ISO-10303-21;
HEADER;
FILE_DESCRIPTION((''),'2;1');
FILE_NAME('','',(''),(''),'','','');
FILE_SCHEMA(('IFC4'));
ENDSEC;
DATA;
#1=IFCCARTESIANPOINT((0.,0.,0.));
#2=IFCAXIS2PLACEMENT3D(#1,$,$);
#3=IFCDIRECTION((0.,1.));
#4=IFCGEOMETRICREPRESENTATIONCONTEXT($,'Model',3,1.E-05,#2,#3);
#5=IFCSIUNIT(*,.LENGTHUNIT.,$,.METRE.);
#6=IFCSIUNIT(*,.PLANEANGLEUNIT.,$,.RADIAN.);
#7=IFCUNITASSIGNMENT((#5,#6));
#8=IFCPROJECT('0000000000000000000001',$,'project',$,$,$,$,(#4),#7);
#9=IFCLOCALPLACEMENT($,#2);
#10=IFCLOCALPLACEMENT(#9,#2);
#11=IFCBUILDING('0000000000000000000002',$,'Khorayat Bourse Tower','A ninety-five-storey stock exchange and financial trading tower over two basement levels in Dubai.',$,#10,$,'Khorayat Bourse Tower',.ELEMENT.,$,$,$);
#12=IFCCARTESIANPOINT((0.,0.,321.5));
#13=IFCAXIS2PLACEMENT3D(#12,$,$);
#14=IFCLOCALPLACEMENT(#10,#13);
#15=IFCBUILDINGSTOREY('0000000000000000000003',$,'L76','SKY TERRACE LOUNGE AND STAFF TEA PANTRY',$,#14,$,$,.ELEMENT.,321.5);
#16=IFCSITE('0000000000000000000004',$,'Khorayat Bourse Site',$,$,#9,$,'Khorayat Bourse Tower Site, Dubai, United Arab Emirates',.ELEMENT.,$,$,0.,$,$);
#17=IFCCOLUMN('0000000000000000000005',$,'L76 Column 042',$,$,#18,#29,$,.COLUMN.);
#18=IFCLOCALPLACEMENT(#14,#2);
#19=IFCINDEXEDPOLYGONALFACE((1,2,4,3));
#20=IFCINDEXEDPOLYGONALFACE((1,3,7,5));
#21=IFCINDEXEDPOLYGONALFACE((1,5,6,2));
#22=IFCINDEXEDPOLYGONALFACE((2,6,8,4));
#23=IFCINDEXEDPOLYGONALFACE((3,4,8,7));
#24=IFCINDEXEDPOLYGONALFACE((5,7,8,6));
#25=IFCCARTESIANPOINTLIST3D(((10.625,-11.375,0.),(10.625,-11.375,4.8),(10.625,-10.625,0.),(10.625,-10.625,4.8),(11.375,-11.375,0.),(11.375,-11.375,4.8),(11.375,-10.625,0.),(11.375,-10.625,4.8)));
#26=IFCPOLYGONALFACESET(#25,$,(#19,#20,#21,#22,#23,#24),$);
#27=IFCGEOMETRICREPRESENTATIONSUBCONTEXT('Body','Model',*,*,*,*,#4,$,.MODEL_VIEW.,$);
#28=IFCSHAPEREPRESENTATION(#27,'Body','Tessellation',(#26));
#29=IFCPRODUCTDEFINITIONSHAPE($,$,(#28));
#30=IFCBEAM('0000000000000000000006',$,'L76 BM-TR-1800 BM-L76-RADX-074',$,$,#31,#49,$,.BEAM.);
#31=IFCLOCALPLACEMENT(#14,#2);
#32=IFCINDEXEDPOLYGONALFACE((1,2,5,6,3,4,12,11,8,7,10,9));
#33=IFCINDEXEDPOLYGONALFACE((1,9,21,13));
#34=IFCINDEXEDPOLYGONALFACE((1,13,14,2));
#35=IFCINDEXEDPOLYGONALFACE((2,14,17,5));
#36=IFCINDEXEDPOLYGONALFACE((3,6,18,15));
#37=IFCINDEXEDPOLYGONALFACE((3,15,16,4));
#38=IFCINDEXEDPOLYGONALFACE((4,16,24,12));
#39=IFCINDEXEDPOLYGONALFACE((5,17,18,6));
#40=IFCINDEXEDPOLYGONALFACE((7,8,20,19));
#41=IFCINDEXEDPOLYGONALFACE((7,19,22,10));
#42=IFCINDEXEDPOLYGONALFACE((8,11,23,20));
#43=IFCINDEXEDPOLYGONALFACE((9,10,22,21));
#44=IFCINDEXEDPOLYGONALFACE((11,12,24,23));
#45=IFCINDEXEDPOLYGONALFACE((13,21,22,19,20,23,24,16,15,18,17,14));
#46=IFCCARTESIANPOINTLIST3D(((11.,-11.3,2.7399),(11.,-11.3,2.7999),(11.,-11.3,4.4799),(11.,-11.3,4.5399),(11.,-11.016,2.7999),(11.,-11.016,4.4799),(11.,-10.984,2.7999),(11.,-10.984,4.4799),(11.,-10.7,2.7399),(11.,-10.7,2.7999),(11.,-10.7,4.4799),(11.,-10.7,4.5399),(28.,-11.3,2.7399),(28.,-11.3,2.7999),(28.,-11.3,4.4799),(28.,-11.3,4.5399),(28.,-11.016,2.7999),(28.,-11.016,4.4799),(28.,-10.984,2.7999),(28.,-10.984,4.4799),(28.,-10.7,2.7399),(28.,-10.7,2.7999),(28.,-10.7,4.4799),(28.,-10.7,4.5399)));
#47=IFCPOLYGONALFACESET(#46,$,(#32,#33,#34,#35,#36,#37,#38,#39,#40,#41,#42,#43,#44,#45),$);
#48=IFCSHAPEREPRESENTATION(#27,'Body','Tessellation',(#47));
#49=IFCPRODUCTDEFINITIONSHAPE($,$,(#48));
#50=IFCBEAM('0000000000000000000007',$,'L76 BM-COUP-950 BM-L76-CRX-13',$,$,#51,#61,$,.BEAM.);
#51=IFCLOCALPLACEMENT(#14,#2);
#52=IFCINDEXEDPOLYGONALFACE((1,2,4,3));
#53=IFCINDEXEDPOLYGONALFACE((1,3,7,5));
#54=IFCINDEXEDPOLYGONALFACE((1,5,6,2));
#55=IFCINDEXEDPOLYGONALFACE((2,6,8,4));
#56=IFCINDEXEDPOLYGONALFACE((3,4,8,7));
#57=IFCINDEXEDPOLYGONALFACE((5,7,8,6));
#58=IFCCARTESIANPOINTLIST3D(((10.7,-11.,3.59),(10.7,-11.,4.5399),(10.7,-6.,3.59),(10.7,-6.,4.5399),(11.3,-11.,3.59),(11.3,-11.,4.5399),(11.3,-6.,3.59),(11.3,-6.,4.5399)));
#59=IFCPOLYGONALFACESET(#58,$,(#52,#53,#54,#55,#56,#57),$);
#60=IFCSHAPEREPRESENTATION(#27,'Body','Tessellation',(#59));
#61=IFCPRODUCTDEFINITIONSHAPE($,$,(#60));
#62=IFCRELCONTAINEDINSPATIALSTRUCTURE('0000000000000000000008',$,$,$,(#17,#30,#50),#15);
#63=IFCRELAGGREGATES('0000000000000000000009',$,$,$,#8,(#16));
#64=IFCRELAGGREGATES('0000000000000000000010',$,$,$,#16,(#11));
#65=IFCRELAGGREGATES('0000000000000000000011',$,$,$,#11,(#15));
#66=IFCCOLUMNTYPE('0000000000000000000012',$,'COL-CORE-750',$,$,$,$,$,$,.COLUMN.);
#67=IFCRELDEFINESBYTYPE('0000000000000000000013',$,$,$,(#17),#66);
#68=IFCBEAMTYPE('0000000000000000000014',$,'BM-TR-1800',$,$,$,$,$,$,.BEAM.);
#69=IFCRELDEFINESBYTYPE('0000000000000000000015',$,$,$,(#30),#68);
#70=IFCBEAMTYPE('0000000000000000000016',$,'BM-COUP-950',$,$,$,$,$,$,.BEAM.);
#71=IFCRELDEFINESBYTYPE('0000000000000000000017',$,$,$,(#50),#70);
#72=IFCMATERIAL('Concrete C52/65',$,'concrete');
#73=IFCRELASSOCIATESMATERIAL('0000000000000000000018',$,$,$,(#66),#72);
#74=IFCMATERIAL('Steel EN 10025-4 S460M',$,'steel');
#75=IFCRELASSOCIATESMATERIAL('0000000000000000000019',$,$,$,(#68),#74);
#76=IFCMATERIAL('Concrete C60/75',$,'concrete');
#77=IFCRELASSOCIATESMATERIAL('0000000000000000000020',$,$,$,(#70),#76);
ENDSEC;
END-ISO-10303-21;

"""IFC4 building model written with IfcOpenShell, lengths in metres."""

from ifc_helpers import new_model, si_unit, direction, frame, origin, origin_2d, place, context, subcontext, project, spatial, rectangle, i_section, extrude, source, transform, mapped, material, material_profile, profile_set, type_object, element, save


model = new_model("IFC4")

# Units and contexts
model_context = context("Model", 3, precision=1e-05, world=origin(), true_north=direction((0.0, 1.0)))
body_context = subcontext(model_context, "Body", "Model", "MODEL_VIEW")
ifc_project = project(units=[si_unit("LENGTHUNIT", "METRE"), si_unit("PLANEANGLEUNIT", "RADIAN")], contexts=[model_context])

# Site, building, storey
site_placement = place(None, origin())
site = spatial("IfcSite", under=ifc_project, at=site_placement, Name="Khorayat Bourse Site", LongName="Khorayat Bourse Tower Site, Dubai, United Arab Emirates", CompositionType="ELEMENT", RefElevation=0.0)
building_placement = place(site_placement, origin())
building = spatial("IfcBuilding", under=site, at=building_placement, Name="Khorayat Bourse Tower", Description="A ninety-five-storey stock exchange and financial trading tower over two basement levels in Dubai.", LongName="Khorayat Bourse Tower", CompositionType="ELEMENT")
storey_placement = place(building_placement, frame((0.0, 0.0, 321.5)))
storey = spatial("IfcBuildingStorey", under=building, at=storey_placement, Name="L76", Description="SKY TERRACE LOUNGE AND STAFF TEA PANTRY", CompositionType="ELEMENT", Elevation=321.5)

# Column
ifc_material_1 = material(Name="Concrete C52/65", Category="concrete")
ifc_material_profile_1 = material_profile(ifc_material_1, rectangle(XDim=0.75, YDim=0.75, at=origin_2d()), Name="RC 750x750")
ifc_profile_set_1 = profile_set([ifc_material_profile_1], Name="Concrete C52/65")
column_type = type_object("IfcColumnType", Name="COL-CORE-750", PredefinedType="COLUMN", material=ifc_profile_set_1)
shared_shape_1 = source(origin(), body_context, "Body", "SweptSolid", [
    extrude(rectangle(XDim=0.75, YDim=0.75, at=origin_2d()), origin(), (0.0, 0.0, 1.0), 4.8),
])
column_placement = place(storey_placement, frame((11.0, -11.0, 0.0), z_axis=(0.0, 0.0, 1.0), x_axis=(1.0, 0.0, 0.0)))
element("IfcColumn", 1, at=column_placement, inside=storey, type_object=column_type, Name="L76 Column 042", PredefinedType="COLUMN", context=body_context, shape_type="MappedRepresentation", body=[
    mapped(shared_shape_1, transform((0.0, 0.0, 0.0), scale=1.0)),
])

# Beams
ifc_material_2 = material(Name="Steel EN 10025-4 S460M", Category="steel")
ifc_material_profile_2 = material_profile(ifc_material_2, i_section(OverallWidth=0.6001, OverallDepth=1.8, WebThickness=0.032, FlangeThickness=0.0601, at=origin_2d()), Name="PG 1800x600x32x60")
ifc_profile_set_2 = profile_set([ifc_material_profile_2], Name="Steel EN 10025-4 S460M")
beam_type_1 = type_object("IfcBeamType", Name="BM-TR-1800", PredefinedType="BEAM", material=ifc_profile_set_2)
shared_shape_2 = source(origin(), body_context, "Body", "SweptSolid", [
    extrude(i_section(OverallWidth=0.6001, OverallDepth=1.8, WebThickness=0.032, FlangeThickness=0.0601, at=origin_2d()), origin(), (0.0, 0.0, 1.0), 17.0),
])
beam_1_placement = place(storey_placement, frame((11.0, -11.0, 3.6399), z_axis=(1.0, 0.0, 0.0), x_axis=(0.0, 1.0, 0.0)))
element("IfcBeam", 2, at=beam_1_placement, inside=storey, type_object=beam_type_1, Name="L76 BM-TR-1800 BM-L76-RADX-074", PredefinedType="BEAM", context=body_context, shape_type="MappedRepresentation", body=[
    mapped(shared_shape_2, transform((0.0, 0.0, 0.0), scale=1.0)),
])
ifc_material_3 = material(Name="Concrete C60/75", Category="concrete")
ifc_material_profile_3 = material_profile(ifc_material_3, rectangle(XDim=0.6001, YDim=0.95, at=origin_2d()), Name="RC 600x950")
ifc_profile_set_3 = profile_set([ifc_material_profile_3], Name="Concrete C60/75")
beam_type_2 = type_object("IfcBeamType", Name="BM-COUP-950", PredefinedType="BEAM", material=ifc_profile_set_3)
shared_shape_3 = source(origin(), body_context, "Body", "SweptSolid", [
    extrude(rectangle(XDim=0.6001, YDim=0.95, at=origin_2d()), origin(), (0.0, 0.0, 1.0), 5.0),
])
beam_2_placement = place(storey_placement, frame((11.0, -11.0, 4.0649), z_axis=(0.0, 1.0, 0.0), x_axis=(-1.0, 0.0, 0.0)))
element("IfcBeam", 3, at=beam_2_placement, inside=storey, type_object=beam_type_2, Name="L76 BM-COUP-950 BM-L76-CRX-13", PredefinedType="BEAM", context=body_context, shape_type="MappedRepresentation", body=[
    mapped(shared_shape_3, transform((0.0, 0.0, 0.0), scale=1.0)),
])

save(model, "model.ifc")
